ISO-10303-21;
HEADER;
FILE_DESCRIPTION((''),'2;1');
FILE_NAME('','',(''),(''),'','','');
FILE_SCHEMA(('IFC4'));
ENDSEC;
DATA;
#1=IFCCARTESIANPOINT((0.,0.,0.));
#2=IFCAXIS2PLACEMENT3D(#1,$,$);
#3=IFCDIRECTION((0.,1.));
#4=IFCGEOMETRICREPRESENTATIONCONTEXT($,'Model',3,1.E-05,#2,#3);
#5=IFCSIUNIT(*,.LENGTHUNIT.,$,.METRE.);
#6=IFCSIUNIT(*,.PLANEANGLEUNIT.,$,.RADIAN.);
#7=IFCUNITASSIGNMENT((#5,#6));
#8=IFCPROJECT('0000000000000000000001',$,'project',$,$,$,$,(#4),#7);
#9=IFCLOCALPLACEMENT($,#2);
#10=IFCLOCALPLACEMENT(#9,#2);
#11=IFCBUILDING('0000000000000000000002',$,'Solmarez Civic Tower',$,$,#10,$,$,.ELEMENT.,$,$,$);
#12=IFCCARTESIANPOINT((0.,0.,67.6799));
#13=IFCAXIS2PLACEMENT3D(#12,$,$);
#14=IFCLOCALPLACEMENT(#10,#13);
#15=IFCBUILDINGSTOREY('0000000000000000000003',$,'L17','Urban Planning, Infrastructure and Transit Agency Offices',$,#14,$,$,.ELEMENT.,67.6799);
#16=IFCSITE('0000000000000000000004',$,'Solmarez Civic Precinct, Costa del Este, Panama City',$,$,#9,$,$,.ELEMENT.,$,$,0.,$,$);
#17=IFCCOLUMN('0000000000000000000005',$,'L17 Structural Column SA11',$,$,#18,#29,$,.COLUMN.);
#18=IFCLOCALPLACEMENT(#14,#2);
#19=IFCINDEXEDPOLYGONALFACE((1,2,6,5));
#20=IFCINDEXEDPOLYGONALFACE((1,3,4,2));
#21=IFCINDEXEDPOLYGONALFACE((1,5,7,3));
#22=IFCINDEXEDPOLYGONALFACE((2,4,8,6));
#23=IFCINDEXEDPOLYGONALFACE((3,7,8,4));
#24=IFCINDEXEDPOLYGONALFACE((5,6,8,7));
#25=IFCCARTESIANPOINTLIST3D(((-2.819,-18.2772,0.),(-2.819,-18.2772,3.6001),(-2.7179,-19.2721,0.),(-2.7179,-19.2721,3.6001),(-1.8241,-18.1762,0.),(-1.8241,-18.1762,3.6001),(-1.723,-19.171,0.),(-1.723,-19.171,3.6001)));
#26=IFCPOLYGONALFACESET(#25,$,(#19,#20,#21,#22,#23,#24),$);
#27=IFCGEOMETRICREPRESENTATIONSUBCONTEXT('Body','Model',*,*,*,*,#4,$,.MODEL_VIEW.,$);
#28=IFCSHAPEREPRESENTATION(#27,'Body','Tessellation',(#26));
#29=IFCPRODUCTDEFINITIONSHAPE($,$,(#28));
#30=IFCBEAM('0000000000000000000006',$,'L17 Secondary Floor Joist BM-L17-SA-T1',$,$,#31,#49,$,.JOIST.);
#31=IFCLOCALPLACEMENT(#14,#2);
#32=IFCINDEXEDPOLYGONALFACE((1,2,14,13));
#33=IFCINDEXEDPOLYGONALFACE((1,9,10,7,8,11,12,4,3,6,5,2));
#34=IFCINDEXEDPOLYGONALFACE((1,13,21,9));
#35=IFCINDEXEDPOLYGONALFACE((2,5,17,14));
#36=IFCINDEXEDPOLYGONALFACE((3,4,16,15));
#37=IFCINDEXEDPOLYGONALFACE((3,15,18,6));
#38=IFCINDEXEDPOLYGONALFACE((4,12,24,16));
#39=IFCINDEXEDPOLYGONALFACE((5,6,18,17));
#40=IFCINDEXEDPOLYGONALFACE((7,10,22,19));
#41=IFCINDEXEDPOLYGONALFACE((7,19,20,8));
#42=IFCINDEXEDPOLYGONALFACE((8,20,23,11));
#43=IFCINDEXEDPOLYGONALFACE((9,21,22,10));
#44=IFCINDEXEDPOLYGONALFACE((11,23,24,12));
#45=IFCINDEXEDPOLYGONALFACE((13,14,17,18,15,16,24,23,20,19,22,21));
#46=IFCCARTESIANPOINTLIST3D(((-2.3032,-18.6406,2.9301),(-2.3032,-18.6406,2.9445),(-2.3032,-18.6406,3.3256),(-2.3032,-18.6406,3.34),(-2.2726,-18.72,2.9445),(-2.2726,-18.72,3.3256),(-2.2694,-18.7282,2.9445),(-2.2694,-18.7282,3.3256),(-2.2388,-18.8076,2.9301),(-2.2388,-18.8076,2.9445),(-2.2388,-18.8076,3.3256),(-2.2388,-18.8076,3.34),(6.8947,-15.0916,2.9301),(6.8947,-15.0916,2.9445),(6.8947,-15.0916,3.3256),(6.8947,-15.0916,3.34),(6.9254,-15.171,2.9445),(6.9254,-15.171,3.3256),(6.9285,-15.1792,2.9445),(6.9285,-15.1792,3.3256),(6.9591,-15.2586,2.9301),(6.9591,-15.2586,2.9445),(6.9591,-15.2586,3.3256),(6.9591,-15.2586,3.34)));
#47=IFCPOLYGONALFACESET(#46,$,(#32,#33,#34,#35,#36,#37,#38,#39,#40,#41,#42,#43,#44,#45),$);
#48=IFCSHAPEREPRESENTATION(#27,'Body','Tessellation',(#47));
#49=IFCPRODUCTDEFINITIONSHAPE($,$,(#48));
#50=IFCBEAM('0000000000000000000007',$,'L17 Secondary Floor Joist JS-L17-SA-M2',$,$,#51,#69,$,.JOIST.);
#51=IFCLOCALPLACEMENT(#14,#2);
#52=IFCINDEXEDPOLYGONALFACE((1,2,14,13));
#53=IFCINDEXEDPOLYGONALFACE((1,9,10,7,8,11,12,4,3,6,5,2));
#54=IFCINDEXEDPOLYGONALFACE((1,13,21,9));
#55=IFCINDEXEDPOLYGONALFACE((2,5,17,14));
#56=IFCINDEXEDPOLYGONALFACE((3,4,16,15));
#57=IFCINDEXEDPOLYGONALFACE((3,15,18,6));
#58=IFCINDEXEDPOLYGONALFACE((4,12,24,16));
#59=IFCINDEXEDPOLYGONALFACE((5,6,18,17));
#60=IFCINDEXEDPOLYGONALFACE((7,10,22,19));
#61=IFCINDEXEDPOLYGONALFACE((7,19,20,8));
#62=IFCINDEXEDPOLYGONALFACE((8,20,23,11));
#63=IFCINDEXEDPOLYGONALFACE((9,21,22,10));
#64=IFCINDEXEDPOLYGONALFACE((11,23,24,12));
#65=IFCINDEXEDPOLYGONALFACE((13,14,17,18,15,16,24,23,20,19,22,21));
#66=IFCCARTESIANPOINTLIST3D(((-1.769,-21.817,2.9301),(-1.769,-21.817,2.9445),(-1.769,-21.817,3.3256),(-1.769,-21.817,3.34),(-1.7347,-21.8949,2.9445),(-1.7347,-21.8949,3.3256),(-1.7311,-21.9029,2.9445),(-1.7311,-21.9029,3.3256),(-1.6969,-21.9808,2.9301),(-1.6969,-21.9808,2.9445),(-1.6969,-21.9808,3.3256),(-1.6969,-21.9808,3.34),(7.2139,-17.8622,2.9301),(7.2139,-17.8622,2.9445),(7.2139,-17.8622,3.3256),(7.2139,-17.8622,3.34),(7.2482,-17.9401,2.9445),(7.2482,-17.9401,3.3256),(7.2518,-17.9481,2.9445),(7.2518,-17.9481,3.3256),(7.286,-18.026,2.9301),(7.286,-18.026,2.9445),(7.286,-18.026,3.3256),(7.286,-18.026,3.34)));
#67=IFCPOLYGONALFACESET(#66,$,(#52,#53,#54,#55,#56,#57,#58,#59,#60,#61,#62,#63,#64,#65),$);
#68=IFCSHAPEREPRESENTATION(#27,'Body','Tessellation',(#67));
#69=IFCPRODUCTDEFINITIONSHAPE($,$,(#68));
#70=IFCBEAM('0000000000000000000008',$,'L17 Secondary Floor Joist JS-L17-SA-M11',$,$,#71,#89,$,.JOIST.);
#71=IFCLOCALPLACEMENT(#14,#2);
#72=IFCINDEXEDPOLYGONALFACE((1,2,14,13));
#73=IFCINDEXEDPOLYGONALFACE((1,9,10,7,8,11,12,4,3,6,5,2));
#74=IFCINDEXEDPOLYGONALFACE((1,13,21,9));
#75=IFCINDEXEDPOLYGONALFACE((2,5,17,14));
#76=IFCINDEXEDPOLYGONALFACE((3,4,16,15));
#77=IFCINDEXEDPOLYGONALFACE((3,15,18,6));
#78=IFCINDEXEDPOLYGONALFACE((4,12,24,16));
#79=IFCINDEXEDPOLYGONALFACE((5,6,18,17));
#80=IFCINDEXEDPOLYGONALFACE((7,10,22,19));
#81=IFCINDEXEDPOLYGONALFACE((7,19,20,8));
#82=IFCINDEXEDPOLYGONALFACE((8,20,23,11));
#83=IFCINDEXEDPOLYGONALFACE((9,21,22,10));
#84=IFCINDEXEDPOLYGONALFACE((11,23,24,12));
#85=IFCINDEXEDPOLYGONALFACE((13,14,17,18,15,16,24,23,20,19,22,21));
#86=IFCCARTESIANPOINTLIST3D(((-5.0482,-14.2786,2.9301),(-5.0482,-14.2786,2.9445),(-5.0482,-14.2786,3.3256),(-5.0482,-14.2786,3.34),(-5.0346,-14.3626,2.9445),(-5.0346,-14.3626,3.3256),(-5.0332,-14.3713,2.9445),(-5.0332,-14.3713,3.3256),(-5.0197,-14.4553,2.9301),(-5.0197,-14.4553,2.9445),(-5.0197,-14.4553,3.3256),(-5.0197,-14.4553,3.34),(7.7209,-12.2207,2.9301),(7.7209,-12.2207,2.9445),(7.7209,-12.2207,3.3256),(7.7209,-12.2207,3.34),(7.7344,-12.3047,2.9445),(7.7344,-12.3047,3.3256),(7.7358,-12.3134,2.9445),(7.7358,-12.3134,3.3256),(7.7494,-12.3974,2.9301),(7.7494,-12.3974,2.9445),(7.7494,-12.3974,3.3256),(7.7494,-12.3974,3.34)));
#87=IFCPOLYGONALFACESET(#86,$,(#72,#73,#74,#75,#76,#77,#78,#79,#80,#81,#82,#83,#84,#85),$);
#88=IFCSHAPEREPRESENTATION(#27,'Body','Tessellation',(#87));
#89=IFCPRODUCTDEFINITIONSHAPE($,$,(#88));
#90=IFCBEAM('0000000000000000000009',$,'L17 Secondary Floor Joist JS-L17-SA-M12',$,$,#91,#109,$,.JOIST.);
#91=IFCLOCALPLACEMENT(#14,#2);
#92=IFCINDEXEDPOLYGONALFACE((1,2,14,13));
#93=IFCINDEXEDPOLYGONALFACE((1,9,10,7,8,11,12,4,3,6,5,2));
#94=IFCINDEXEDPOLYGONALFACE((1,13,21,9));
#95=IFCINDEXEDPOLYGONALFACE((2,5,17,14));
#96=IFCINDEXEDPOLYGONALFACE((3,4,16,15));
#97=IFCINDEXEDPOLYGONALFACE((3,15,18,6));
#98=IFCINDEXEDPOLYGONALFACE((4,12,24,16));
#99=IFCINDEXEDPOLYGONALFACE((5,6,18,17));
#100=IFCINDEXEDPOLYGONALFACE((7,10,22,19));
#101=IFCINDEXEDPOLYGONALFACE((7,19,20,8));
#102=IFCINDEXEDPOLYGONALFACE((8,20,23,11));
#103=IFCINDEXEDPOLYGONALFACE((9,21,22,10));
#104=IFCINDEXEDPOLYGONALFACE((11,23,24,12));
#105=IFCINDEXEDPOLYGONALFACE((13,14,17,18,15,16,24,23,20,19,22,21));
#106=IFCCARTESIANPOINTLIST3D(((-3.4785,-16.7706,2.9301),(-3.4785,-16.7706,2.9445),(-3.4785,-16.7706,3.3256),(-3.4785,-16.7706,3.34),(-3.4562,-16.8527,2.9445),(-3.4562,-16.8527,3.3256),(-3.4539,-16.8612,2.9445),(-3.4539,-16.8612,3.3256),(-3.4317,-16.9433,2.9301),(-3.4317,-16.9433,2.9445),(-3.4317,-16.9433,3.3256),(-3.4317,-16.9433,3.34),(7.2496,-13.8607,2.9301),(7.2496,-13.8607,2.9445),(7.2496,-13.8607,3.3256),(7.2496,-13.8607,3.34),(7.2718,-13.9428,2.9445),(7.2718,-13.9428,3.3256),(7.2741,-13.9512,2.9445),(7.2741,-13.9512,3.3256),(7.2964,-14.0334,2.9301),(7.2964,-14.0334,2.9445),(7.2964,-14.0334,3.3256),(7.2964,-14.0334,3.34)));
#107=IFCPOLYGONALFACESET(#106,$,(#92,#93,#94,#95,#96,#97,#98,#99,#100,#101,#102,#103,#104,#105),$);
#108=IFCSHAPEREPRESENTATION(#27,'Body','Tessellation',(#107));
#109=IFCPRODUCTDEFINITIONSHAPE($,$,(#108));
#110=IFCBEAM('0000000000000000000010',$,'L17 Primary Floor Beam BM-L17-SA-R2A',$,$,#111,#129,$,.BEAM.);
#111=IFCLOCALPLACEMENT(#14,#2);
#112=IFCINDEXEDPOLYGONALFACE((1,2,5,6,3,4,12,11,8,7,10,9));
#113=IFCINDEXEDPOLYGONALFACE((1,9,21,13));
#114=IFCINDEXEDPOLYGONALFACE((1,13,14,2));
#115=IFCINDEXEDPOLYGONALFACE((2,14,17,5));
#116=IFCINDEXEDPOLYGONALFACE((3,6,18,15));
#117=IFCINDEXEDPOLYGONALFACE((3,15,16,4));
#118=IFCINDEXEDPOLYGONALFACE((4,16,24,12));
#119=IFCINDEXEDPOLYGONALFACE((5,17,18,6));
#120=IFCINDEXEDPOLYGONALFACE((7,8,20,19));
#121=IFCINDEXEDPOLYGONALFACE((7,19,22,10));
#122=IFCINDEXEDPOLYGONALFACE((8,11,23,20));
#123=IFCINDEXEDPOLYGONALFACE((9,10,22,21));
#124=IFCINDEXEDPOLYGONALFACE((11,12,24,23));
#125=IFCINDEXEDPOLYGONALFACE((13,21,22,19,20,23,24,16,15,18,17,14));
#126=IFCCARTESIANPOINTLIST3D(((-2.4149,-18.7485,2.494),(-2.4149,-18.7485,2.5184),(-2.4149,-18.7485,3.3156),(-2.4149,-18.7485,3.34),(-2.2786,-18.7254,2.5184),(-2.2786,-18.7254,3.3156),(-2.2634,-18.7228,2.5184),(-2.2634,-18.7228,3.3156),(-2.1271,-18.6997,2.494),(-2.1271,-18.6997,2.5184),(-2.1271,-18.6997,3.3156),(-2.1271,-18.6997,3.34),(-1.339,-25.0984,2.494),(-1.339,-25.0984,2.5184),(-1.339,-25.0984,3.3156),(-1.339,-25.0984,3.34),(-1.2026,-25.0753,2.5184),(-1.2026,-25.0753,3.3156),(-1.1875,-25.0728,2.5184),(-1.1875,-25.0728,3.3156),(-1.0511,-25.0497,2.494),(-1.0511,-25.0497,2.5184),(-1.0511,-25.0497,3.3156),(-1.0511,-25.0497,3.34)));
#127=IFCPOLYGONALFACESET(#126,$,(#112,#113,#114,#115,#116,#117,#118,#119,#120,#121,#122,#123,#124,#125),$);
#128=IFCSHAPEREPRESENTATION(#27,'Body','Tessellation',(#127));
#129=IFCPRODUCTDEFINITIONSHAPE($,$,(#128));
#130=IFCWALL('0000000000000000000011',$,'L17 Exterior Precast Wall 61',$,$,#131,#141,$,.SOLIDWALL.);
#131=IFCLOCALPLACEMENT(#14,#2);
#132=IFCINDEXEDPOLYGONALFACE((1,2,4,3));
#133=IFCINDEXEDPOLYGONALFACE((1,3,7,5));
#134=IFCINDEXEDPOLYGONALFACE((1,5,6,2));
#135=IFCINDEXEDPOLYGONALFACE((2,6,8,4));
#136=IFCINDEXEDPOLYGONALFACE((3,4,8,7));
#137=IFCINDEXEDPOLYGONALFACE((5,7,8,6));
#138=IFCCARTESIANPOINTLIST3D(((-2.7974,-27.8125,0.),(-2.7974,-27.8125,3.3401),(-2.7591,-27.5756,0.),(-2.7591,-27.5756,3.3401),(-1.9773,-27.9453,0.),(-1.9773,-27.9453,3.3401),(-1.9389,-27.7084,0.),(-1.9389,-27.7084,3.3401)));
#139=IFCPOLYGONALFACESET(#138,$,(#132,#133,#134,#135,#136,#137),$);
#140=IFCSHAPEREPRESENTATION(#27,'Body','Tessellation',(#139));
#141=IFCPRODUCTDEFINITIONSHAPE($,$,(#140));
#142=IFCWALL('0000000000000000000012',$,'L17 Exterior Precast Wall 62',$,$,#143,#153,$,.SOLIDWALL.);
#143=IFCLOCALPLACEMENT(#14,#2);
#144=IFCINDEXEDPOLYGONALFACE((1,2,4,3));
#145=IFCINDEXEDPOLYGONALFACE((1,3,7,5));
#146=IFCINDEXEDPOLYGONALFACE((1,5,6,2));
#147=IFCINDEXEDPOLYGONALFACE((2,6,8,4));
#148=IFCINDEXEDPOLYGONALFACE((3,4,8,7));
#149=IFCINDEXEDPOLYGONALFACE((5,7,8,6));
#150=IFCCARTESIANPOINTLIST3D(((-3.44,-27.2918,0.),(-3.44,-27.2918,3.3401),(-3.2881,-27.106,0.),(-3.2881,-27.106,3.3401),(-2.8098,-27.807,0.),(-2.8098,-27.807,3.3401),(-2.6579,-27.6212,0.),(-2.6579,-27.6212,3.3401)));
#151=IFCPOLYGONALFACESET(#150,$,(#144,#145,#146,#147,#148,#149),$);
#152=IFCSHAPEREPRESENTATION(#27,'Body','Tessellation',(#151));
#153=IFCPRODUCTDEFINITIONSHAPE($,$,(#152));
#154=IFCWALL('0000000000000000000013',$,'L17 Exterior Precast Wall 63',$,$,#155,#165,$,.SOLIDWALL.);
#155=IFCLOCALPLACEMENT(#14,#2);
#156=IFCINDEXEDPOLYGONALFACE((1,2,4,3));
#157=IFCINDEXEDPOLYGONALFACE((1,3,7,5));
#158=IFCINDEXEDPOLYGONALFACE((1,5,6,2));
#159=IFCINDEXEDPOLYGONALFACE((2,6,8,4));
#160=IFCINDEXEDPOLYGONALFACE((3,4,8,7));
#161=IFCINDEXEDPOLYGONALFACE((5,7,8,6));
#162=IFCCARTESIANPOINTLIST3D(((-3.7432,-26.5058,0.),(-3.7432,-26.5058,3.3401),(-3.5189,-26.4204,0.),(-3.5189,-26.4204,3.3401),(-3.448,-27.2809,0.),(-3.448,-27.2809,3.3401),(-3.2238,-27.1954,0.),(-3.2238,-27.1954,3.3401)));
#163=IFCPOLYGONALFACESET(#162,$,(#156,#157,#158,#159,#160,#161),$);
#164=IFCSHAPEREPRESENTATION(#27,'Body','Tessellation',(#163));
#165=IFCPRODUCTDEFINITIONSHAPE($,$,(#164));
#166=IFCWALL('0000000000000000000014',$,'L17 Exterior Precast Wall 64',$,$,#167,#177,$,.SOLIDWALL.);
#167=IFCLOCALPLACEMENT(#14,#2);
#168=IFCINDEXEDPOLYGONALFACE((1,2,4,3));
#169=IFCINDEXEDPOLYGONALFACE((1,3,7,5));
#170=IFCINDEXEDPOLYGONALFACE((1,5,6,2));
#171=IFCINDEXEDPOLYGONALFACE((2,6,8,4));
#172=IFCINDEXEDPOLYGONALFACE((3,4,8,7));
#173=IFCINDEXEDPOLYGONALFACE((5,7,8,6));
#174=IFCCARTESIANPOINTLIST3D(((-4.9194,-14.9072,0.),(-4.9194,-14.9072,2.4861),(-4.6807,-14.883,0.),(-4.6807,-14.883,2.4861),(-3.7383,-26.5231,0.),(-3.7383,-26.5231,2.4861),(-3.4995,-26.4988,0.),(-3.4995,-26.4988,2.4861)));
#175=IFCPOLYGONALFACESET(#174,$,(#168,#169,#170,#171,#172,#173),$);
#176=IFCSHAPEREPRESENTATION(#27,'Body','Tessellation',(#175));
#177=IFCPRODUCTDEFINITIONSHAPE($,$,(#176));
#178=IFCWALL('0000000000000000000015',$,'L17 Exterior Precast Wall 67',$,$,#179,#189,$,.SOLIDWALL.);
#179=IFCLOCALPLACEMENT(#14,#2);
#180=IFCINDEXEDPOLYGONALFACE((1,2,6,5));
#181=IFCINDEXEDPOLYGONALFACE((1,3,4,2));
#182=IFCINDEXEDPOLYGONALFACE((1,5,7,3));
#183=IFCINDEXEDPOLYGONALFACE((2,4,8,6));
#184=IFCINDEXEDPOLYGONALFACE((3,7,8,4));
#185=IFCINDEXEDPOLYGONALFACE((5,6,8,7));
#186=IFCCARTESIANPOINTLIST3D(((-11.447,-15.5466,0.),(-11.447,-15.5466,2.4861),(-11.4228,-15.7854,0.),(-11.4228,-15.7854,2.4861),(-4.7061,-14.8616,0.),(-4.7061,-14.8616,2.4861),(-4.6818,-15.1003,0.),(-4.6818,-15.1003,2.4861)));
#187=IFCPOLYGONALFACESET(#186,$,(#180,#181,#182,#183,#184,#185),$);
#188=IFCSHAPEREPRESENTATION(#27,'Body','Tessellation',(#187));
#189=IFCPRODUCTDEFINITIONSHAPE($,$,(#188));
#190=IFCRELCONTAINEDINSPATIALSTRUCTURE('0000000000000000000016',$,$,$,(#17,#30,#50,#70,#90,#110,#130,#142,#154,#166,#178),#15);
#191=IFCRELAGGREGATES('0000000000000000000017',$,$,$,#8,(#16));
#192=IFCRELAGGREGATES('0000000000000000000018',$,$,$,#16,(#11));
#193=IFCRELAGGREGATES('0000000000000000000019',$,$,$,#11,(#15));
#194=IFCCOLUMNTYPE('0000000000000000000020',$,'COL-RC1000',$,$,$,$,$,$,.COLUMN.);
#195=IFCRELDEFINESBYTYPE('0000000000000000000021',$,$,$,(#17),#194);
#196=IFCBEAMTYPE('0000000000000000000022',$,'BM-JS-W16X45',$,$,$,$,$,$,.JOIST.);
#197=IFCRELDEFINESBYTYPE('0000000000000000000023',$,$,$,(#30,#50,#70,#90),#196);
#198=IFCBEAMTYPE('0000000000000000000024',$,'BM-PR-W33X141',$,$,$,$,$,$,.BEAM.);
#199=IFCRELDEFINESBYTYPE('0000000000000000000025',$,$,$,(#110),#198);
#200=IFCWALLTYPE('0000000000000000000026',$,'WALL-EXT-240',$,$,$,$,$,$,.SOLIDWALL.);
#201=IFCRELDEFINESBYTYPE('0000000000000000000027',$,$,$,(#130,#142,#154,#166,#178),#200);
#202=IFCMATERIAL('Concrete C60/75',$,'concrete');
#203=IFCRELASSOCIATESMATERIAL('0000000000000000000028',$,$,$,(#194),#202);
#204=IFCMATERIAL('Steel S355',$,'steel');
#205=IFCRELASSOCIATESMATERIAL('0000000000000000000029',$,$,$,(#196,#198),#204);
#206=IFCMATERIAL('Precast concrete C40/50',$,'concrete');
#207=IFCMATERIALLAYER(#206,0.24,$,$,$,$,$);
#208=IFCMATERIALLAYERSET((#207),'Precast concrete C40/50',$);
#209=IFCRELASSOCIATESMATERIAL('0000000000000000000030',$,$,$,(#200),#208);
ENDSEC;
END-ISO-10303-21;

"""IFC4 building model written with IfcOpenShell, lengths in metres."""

from ifc_helpers import new_model, si_unit, direction, frame, frame_2d, origin, origin_2d, place, context, subcontext, project, spatial, rectangle, i_section, extrude, material, layer, layer_set, material_profile, profile_set, type_object, element, save


model = new_model("IFC4")

# Units and contexts
model_context = context("Model", 3, precision=1e-05, world=origin(), true_north=direction((0.0, 1.0)))
body_context = subcontext(model_context, "Body", "Model", "MODEL_VIEW")
ifc_project = project(units=[si_unit("LENGTHUNIT", "METRE"), si_unit("PLANEANGLEUNIT", "RADIAN")], contexts=[model_context])

# Site, building, storey
site_placement = place(None, origin())
site = spatial("IfcSite", under=ifc_project, at=site_placement, Name="Solmarez Civic Precinct, Costa del Este, Panama City", CompositionType="ELEMENT", RefElevation=0.0)
building_placement = place(site_placement, origin())
building = spatial("IfcBuilding", under=site, at=building_placement, Name="Solmarez Civic Tower", CompositionType="ELEMENT")
storey_placement = place(building_placement, frame((0.0, 0.0, 67.6799)))
storey = spatial("IfcBuildingStorey", under=building, at=storey_placement, Name="L17", Description="Urban Planning, Infrastructure and Transit Agency Offices", CompositionType="ELEMENT", Elevation=67.6799)

# Column
ifc_material_1 = material(Name="Concrete C60/75", Category="concrete")
ifc_material_profile_1 = material_profile(ifc_material_1, rectangle(XDim=1.0, YDim=1.0, at=origin_2d()), Name="RC1000X1000")
ifc_profile_set_1 = profile_set([ifc_material_profile_1], Name="Concrete C60/75")
column_type = type_object("IfcColumnType", Name="COL-RC1000", PredefinedType="COLUMN", material=ifc_profile_set_1)
column_placement = place(storey_placement, frame((-2.271, -18.7241, 0.0), z_axis=(0.0, 0.0, 1.0), x_axis=(0.994881, 0.101056, 0.0)))
element("IfcColumn", 1, at=column_placement, inside=storey, type_object=column_type, Name="L17 Structural Column SA11", PredefinedType="COLUMN", context=body_context, shape_type="SweptSolid", body=[
    extrude(rectangle(XDim=1.0, YDim=1.0, at=origin_2d()), origin(), (0.0, 0.0, 1.0), 3.6001),
])

# Beams
ifc_material_2 = material(Name="Steel S355", Category="steel")
ifc_material_profile_2 = material_profile(ifc_material_2, i_section(OverallWidth=0.179, OverallDepth=0.4099, WebThickness=0.0088, FlangeThickness=0.0144, at=origin_2d()), Name="W16X45")
ifc_profile_set_2 = profile_set([ifc_material_profile_2], Name="Steel S355")
beam_type_1 = type_object("IfcBeamType", Name="BM-JS-W16X45", PredefinedType="JOIST", material=ifc_profile_set_2)
beam_1_placement = place(storey_placement, frame((-2.271, -18.7241, 3.135), z_axis=(0.932958, 0.359984, 0.0), x_axis=(-0.359984, 0.932958, 0.0)))
element("IfcBeam", 2, at=beam_1_placement, inside=storey, type_object=beam_type_1, Name="L17 Secondary Floor Joist BM-L17-SA-T1", PredefinedType="JOIST", context=body_context, shape_type="SweptSolid", body=[
    extrude(i_section(OverallWidth=0.179, OverallDepth=0.4099, WebThickness=0.0088, FlangeThickness=0.0144, at=origin_2d()), origin(), (0.0, 0.0, 1.0), 9.8589),
])
beam_2_placement = place(storey_placement, frame((-1.7329, -21.8989, 3.135), z_axis=(0.915227, 0.402939, 0.0), x_axis=(-0.402939, 0.915227, 0.0)))
element("IfcBeam", 3, at=beam_2_placement, inside=storey, type_object=beam_type_1, Name="L17 Secondary Floor Joist JS-L17-SA-M2", PredefinedType="JOIST", context=body_context, shape_type="SweptSolid", body=[
    extrude(i_section(OverallWidth=0.179, OverallDepth=0.4099, WebThickness=0.0088, FlangeThickness=0.0144, at=origin_2d()), origin(), (0.0, 0.0, 1.0), 9.8149),
])
beam_3_placement = place(storey_placement, frame((-5.0339, -14.3669, 3.135), z_axis=(0.987261, 0.159107, 0.0), x_axis=(-0.159107, 0.987261, 0.0)))
element("IfcBeam", 4, at=beam_3_placement, inside=storey, type_object=beam_type_1, Name="L17 Secondary Floor Joist JS-L17-SA-M11", PredefinedType="JOIST", context=body_context, shape_type="SweptSolid", body=[
    extrude(i_section(OverallWidth=0.179, OverallDepth=0.4099, WebThickness=0.0088, FlangeThickness=0.0144, at=origin_2d()), origin(), (0.0, 0.0, 1.0), 12.9338),
])
beam_4_placement = place(storey_placement, frame((-3.4551, -16.8569, 3.135), z_axis=(0.965126, 0.261785, 0.0), x_axis=(-0.261785, 0.965126, 0.0)))
element("IfcBeam", 5, at=beam_4_placement, inside=storey, type_object=beam_type_1, Name="L17 Secondary Floor Joist JS-L17-SA-M12", PredefinedType="JOIST", context=body_context, shape_type="SweptSolid", body=[
    extrude(i_section(OverallWidth=0.179, OverallDepth=0.4099, WebThickness=0.0088, FlangeThickness=0.0144, at=origin_2d()), origin(), (0.0, 0.0, 1.0), 11.1157),
])
ifc_material_profile_3 = material_profile(ifc_material_2, i_section(OverallWidth=0.292, OverallDepth=0.8459, WebThickness=0.0154, FlangeThickness=0.0244, at=origin_2d()), Name="W33X141")
ifc_profile_set_3 = profile_set([ifc_material_profile_3], Name="Steel S355")
beam_type_2 = type_object("IfcBeamType", Name="BM-PR-W33X141", PredefinedType="BEAM", material=ifc_profile_set_3)
beam_5_placement = place(storey_placement, frame((-2.271, -18.7241, 2.917), z_axis=(0.16706, -0.985947, 0.0), x_axis=(0.985947, 0.16706, 0.0)))
element("IfcBeam", 6, at=beam_5_placement, inside=storey, type_object=beam_type_2, Name="L17 Primary Floor Beam BM-L17-SA-R2A", PredefinedType="BEAM", context=body_context, shape_type="SweptSolid", body=[
    extrude(i_section(OverallWidth=0.292, OverallDepth=0.8459, WebThickness=0.0154, FlangeThickness=0.0244, at=origin_2d()), origin(), (0.0, 0.0, 1.0), 6.4404),
])

# Walls
ifc_material_3 = material(Name="Precast concrete C40/50", Category="concrete")
ifc_layer_1 = layer(ifc_material_3, 0.24)
ifc_layer_set_1 = layer_set([ifc_layer_1], Name="Precast concrete C40/50")
wall_type_1 = type_object("IfcWallType", Name="WALL-EXT-240", PredefinedType="SOLIDWALL", material=ifc_layer_set_1)
wall_1_placement = place(storey_placement, frame((-1.958, -27.8269, 0.0), z_axis=(0.0, 0.0, 1.0), x_axis=(-0.987138, 0.15987, 0.0)))
element("IfcWall", 7, at=wall_1_placement, inside=storey, type_object=wall_type_1, Name="L17 Exterior Precast Wall 61", PredefinedType="SOLIDWALL", context=body_context, shape_type="SweptSolid", body=[
    extrude(rectangle(XDim=0.8308, YDim=0.24, at=frame_2d((0.4155, 0.0))), origin(), (0.0, 0.0, 1.0), 3.3401),
])
wall_2_placement = place(storey_placement, frame((-2.7339, -27.7141, 0.0), z_axis=(0.0, 0.0, 1.0), x_axis=(-0.774211, 0.632927, 0.0)))
element("IfcWall", 8, at=wall_2_placement, inside=storey, type_object=wall_type_1, Name="L17 Exterior Precast Wall 62", PredefinedType="SOLIDWALL", context=body_context, shape_type="SweptSolid", body=[
    extrude(rectangle(XDim=0.814, YDim=0.24, at=frame_2d((0.407, 0.0))), origin(), (0.0, 0.0, 1.0), 3.3401),
])
wall_3_placement = place(storey_placement, frame((-3.3359, -27.238, 0.0), z_axis=(0.0, 0.0, 1.0), x_axis=(-0.355861, 0.934539, 0.0)))
element("IfcWall", 9, at=wall_3_placement, inside=storey, type_object=wall_type_1, Name="L17 Exterior Precast Wall 63", PredefinedType="SOLIDWALL", context=body_context, shape_type="SweptSolid", body=[
    extrude(rectangle(XDim=0.8293, YDim=0.24, at=frame_2d((0.4146, 0.0))), origin(), (0.0, 0.0, 1.0), 3.3401),
])
wall_4_placement = place(storey_placement, frame((-3.6189, -26.511, 0.0), z_axis=(0.0, 0.0, 1.0), x_axis=(-0.101162, 0.99487, 0.0)))
element("IfcWall", 10, at=wall_4_placement, inside=storey, type_object=wall_type_1, Name="L17 Exterior Precast Wall 64", PredefinedType="SOLIDWALL", context=body_context, shape_type="SweptSolid", body=[
    extrude(rectangle(XDim=11.6758, YDim=0.24, at=frame_2d((5.8379, 0.0))), origin(), (0.0, 0.0, 1.0), 2.4861),
])
wall_5_placement = place(storey_placement, frame((-4.6941, -14.981, 0.0), z_axis=(0.0, 0.0, 1.0), x_axis=(-0.994876, -0.101105, 0.0)))
element("IfcWall", 11, at=wall_5_placement, inside=storey, type_object=wall_type_1, Name="L17 Exterior Precast Wall 67", PredefinedType="SOLIDWALL", context=body_context, shape_type="SweptSolid", body=[
    extrude(rectangle(XDim=6.7756, YDim=0.24, at=frame_2d((3.3877, 0.0))), origin(), (0.0, 0.0, 1.0), 2.4861),
])

save(model, "model.ifc")
